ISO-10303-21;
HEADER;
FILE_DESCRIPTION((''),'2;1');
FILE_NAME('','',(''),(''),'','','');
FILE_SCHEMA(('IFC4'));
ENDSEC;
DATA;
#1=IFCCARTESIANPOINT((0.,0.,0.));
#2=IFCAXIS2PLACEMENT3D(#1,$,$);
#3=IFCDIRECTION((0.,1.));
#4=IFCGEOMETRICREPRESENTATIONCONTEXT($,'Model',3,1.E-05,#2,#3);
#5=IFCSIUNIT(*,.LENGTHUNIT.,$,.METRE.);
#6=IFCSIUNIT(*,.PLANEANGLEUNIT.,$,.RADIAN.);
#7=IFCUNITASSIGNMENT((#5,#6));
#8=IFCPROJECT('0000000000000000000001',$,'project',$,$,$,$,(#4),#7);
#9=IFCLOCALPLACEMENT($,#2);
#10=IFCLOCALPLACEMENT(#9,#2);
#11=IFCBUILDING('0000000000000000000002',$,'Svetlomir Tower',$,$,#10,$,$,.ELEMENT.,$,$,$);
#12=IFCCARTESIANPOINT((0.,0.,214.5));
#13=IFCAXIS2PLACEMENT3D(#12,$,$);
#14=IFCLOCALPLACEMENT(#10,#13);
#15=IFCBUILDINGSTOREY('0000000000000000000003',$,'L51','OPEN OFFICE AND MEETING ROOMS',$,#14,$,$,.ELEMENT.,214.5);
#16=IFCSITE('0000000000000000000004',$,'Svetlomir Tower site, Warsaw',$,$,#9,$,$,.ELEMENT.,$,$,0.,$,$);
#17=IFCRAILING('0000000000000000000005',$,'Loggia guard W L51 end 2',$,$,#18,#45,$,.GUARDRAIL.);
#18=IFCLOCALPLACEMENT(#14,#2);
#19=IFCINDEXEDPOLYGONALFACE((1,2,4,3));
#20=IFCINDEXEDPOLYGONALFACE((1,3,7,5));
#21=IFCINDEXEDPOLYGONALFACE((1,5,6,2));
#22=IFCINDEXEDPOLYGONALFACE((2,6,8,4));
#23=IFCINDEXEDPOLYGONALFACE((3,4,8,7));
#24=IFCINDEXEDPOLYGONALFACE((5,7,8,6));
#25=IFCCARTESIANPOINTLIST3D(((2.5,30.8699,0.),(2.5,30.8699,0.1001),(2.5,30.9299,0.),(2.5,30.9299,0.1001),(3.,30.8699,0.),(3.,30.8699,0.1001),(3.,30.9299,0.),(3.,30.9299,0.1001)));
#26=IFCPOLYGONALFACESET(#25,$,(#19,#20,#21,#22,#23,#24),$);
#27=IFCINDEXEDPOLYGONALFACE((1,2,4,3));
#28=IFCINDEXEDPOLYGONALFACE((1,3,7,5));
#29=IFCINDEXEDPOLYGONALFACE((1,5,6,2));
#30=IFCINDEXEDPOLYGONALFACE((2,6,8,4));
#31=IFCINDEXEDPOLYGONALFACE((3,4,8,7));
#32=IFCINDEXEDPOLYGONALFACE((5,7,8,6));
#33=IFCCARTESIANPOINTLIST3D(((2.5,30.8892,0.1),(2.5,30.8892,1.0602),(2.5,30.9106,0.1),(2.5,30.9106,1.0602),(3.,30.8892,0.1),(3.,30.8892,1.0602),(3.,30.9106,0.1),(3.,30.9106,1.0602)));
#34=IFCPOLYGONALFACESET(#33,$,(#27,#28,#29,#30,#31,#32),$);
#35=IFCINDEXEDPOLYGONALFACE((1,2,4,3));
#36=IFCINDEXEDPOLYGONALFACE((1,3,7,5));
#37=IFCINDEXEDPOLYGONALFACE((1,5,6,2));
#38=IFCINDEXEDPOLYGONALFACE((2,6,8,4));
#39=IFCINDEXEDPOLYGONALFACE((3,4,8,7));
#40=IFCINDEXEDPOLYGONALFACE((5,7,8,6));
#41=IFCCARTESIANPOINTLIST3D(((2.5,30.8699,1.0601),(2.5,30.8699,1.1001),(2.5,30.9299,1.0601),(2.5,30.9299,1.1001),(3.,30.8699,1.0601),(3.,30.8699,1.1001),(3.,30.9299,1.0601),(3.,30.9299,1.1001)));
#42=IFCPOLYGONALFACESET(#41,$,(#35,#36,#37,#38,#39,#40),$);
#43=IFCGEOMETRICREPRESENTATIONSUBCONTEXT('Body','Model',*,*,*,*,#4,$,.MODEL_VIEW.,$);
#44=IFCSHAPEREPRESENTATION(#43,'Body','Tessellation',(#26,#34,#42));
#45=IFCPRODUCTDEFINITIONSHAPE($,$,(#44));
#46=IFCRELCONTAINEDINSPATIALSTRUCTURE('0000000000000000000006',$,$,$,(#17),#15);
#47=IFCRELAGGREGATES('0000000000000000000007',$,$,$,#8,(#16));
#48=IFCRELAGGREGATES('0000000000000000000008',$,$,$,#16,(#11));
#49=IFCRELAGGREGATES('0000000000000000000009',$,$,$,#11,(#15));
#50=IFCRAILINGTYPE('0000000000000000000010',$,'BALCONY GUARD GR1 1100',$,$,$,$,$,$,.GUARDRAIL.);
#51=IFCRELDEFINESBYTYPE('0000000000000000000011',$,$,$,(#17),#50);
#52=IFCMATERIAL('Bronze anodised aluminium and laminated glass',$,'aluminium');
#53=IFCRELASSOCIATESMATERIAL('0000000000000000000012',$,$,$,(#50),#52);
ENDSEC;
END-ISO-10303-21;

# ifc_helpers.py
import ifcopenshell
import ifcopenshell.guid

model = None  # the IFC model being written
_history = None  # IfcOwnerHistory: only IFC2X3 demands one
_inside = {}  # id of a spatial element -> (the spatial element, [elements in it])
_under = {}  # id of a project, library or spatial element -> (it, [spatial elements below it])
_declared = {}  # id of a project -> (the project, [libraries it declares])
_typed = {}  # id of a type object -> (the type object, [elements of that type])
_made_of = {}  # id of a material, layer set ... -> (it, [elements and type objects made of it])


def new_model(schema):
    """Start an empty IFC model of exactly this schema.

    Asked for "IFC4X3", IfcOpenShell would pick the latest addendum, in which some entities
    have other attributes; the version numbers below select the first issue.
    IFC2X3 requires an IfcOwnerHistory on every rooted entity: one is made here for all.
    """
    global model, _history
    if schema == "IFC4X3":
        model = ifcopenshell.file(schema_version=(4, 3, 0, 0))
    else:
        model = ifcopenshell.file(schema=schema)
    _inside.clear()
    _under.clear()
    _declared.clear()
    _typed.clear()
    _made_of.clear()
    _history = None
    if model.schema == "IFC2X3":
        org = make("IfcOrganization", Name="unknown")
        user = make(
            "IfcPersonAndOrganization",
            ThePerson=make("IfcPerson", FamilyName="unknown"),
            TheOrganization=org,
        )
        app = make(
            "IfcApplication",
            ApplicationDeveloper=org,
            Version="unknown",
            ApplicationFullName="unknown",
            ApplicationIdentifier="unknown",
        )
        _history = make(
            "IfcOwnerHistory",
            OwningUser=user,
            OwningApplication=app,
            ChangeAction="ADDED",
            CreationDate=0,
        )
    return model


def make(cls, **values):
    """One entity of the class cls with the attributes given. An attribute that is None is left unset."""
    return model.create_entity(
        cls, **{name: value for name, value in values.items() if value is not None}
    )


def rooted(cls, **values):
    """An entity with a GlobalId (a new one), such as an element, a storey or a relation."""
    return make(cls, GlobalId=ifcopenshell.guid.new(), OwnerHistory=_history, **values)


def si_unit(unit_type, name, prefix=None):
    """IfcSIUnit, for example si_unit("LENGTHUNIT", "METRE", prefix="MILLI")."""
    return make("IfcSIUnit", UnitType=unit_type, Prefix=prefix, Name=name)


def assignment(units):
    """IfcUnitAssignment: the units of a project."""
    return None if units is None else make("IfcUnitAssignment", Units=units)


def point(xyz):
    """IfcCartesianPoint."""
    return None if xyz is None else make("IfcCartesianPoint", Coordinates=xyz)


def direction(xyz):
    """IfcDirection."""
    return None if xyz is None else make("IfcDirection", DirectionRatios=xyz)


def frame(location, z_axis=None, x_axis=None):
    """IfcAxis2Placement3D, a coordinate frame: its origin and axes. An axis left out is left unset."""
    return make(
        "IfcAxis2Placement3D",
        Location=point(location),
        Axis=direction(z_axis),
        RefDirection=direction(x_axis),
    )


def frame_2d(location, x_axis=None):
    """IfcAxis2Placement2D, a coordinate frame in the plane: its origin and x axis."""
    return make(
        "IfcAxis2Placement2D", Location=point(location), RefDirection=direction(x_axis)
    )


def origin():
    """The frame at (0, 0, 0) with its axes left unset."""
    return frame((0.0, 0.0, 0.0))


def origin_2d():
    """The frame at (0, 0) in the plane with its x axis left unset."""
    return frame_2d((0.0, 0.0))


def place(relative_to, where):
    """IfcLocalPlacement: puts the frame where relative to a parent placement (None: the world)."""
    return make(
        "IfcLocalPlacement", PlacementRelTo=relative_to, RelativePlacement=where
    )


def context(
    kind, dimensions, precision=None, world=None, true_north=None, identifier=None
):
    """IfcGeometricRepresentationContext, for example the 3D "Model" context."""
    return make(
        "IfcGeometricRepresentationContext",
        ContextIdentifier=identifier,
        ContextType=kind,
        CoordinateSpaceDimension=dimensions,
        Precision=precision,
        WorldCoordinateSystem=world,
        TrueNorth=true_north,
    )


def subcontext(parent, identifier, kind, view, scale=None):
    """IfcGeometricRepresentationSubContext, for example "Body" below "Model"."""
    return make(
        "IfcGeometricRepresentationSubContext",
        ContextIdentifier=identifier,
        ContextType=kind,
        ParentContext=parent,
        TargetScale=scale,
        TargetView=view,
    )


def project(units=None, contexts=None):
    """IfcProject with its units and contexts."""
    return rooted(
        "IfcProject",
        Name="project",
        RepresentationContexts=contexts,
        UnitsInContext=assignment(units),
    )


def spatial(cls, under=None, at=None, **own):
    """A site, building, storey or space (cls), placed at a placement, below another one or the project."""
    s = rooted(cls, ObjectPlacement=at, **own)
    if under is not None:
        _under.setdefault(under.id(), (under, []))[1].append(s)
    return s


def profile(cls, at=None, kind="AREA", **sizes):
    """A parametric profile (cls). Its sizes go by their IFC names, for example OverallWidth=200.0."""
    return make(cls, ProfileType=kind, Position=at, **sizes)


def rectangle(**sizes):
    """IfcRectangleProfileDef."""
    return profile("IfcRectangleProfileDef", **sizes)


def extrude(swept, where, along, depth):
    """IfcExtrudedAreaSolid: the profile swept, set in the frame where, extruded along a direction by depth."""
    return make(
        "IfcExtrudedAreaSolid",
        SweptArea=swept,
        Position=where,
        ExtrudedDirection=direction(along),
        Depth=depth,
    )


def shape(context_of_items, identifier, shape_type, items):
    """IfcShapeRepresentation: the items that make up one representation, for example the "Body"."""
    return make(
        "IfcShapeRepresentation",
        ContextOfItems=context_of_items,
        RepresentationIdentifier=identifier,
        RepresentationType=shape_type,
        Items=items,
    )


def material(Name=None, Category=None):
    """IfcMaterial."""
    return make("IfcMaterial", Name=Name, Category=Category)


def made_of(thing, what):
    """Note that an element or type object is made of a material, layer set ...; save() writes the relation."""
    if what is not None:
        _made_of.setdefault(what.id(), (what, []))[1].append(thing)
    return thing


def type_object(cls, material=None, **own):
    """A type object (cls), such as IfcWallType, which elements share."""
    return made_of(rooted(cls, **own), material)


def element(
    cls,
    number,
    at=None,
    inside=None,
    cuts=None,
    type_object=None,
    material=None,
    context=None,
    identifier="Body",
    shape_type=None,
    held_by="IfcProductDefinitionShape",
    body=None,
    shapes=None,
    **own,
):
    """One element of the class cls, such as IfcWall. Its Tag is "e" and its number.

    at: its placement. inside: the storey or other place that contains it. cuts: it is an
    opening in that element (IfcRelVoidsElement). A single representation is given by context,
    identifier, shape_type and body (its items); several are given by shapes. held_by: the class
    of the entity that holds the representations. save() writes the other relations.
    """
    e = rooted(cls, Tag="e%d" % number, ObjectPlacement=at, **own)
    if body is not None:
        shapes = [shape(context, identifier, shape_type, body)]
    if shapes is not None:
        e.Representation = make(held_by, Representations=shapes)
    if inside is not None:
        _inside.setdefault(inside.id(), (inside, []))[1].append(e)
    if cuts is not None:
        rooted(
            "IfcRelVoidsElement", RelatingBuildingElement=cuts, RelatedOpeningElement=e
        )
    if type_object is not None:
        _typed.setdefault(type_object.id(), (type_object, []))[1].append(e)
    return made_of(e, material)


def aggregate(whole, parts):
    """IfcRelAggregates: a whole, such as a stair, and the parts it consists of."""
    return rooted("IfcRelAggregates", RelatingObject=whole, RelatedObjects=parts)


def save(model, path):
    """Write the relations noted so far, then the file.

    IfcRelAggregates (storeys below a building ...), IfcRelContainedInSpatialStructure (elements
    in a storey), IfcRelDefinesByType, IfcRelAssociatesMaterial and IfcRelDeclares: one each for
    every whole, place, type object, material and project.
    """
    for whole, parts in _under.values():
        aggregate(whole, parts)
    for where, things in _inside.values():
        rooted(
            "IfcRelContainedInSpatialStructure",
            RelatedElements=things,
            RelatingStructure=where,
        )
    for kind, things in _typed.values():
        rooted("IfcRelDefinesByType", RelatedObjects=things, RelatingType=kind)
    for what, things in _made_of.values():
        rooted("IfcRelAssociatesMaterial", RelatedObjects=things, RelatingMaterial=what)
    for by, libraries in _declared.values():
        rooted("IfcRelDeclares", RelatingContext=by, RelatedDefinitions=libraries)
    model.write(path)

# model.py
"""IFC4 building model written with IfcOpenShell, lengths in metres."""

from ifc_helpers import new_model, si_unit, direction, frame, origin, origin_2d, place, context, subcontext, project, spatial, rectangle, extrude, material, type_object, element, save


model = new_model("IFC4")

# Units and contexts
model_context = context("Model", 3, precision=1e-05, world=origin(), true_north=direction((0.0, 1.0)))
body_context = subcontext(model_context, "Body", "Model", "MODEL_VIEW")
ifc_project = project(units=[si_unit("LENGTHUNIT", "METRE"), si_unit("PLANEANGLEUNIT", "RADIAN")], contexts=[model_context])

# Site, building, storey
site_placement = place(None, origin())
site = spatial("IfcSite", under=ifc_project, at=site_placement, Name="Svetlomir Tower site, Warsaw", CompositionType="ELEMENT", RefElevation=0.0)
building_placement = place(site_placement, origin())
building = spatial("IfcBuilding", under=site, at=building_placement, Name="Svetlomir Tower", CompositionType="ELEMENT")
storey_placement = place(building_placement, frame((0.0, 0.0, 214.5)))
storey = spatial("IfcBuildingStorey", under=building, at=storey_placement, Name="L51", Description="OPEN OFFICE AND MEETING ROOMS", CompositionType="ELEMENT", Elevation=214.5)

# Railing
ifc_material_1 = material(Name="Bronze anodised aluminium and laminated glass", Category="aluminium")
railing_type = type_object("IfcRailingType", Name="BALCONY GUARD GR1 1100", PredefinedType="GUARDRAIL", material=ifc_material_1)
railing_1_placement = place(storey_placement, frame((2.5, 30.8999, 0.0)))
element("IfcRailing", 1, at=railing_1_placement, inside=storey, type_object=railing_type, Name="Loggia guard W L51 end 2", PredefinedType="GUARDRAIL", context=body_context, shape_type="SweptSolid", body=[
    extrude(rectangle(XDim=0.0601, YDim=0.1001, at=origin_2d()), frame((0.0, 0.0, 0.05), z_axis=(1.0, 0.0, 0.0), x_axis=(0.0, 1.0, 0.0)), (0.0, 0.0, 1.0), 0.5),
    extrude(rectangle(XDim=0.0215, YDim=0.9602, at=origin_2d()), frame((0.0, 0.0, 0.5801), z_axis=(1.0, 0.0, 0.0), x_axis=(0.0, 1.0, 0.0)), (0.0, 0.0, 1.0), 0.5),
    extrude(rectangle(XDim=0.0601, YDim=0.04, at=origin_2d()), frame((0.0, 0.0, 1.0801), z_axis=(1.0, 0.0, 0.0), x_axis=(0.0, 1.0, 0.0)), (0.0, 0.0, 1.0), 0.5),
])

save(model, "model.ifc")
